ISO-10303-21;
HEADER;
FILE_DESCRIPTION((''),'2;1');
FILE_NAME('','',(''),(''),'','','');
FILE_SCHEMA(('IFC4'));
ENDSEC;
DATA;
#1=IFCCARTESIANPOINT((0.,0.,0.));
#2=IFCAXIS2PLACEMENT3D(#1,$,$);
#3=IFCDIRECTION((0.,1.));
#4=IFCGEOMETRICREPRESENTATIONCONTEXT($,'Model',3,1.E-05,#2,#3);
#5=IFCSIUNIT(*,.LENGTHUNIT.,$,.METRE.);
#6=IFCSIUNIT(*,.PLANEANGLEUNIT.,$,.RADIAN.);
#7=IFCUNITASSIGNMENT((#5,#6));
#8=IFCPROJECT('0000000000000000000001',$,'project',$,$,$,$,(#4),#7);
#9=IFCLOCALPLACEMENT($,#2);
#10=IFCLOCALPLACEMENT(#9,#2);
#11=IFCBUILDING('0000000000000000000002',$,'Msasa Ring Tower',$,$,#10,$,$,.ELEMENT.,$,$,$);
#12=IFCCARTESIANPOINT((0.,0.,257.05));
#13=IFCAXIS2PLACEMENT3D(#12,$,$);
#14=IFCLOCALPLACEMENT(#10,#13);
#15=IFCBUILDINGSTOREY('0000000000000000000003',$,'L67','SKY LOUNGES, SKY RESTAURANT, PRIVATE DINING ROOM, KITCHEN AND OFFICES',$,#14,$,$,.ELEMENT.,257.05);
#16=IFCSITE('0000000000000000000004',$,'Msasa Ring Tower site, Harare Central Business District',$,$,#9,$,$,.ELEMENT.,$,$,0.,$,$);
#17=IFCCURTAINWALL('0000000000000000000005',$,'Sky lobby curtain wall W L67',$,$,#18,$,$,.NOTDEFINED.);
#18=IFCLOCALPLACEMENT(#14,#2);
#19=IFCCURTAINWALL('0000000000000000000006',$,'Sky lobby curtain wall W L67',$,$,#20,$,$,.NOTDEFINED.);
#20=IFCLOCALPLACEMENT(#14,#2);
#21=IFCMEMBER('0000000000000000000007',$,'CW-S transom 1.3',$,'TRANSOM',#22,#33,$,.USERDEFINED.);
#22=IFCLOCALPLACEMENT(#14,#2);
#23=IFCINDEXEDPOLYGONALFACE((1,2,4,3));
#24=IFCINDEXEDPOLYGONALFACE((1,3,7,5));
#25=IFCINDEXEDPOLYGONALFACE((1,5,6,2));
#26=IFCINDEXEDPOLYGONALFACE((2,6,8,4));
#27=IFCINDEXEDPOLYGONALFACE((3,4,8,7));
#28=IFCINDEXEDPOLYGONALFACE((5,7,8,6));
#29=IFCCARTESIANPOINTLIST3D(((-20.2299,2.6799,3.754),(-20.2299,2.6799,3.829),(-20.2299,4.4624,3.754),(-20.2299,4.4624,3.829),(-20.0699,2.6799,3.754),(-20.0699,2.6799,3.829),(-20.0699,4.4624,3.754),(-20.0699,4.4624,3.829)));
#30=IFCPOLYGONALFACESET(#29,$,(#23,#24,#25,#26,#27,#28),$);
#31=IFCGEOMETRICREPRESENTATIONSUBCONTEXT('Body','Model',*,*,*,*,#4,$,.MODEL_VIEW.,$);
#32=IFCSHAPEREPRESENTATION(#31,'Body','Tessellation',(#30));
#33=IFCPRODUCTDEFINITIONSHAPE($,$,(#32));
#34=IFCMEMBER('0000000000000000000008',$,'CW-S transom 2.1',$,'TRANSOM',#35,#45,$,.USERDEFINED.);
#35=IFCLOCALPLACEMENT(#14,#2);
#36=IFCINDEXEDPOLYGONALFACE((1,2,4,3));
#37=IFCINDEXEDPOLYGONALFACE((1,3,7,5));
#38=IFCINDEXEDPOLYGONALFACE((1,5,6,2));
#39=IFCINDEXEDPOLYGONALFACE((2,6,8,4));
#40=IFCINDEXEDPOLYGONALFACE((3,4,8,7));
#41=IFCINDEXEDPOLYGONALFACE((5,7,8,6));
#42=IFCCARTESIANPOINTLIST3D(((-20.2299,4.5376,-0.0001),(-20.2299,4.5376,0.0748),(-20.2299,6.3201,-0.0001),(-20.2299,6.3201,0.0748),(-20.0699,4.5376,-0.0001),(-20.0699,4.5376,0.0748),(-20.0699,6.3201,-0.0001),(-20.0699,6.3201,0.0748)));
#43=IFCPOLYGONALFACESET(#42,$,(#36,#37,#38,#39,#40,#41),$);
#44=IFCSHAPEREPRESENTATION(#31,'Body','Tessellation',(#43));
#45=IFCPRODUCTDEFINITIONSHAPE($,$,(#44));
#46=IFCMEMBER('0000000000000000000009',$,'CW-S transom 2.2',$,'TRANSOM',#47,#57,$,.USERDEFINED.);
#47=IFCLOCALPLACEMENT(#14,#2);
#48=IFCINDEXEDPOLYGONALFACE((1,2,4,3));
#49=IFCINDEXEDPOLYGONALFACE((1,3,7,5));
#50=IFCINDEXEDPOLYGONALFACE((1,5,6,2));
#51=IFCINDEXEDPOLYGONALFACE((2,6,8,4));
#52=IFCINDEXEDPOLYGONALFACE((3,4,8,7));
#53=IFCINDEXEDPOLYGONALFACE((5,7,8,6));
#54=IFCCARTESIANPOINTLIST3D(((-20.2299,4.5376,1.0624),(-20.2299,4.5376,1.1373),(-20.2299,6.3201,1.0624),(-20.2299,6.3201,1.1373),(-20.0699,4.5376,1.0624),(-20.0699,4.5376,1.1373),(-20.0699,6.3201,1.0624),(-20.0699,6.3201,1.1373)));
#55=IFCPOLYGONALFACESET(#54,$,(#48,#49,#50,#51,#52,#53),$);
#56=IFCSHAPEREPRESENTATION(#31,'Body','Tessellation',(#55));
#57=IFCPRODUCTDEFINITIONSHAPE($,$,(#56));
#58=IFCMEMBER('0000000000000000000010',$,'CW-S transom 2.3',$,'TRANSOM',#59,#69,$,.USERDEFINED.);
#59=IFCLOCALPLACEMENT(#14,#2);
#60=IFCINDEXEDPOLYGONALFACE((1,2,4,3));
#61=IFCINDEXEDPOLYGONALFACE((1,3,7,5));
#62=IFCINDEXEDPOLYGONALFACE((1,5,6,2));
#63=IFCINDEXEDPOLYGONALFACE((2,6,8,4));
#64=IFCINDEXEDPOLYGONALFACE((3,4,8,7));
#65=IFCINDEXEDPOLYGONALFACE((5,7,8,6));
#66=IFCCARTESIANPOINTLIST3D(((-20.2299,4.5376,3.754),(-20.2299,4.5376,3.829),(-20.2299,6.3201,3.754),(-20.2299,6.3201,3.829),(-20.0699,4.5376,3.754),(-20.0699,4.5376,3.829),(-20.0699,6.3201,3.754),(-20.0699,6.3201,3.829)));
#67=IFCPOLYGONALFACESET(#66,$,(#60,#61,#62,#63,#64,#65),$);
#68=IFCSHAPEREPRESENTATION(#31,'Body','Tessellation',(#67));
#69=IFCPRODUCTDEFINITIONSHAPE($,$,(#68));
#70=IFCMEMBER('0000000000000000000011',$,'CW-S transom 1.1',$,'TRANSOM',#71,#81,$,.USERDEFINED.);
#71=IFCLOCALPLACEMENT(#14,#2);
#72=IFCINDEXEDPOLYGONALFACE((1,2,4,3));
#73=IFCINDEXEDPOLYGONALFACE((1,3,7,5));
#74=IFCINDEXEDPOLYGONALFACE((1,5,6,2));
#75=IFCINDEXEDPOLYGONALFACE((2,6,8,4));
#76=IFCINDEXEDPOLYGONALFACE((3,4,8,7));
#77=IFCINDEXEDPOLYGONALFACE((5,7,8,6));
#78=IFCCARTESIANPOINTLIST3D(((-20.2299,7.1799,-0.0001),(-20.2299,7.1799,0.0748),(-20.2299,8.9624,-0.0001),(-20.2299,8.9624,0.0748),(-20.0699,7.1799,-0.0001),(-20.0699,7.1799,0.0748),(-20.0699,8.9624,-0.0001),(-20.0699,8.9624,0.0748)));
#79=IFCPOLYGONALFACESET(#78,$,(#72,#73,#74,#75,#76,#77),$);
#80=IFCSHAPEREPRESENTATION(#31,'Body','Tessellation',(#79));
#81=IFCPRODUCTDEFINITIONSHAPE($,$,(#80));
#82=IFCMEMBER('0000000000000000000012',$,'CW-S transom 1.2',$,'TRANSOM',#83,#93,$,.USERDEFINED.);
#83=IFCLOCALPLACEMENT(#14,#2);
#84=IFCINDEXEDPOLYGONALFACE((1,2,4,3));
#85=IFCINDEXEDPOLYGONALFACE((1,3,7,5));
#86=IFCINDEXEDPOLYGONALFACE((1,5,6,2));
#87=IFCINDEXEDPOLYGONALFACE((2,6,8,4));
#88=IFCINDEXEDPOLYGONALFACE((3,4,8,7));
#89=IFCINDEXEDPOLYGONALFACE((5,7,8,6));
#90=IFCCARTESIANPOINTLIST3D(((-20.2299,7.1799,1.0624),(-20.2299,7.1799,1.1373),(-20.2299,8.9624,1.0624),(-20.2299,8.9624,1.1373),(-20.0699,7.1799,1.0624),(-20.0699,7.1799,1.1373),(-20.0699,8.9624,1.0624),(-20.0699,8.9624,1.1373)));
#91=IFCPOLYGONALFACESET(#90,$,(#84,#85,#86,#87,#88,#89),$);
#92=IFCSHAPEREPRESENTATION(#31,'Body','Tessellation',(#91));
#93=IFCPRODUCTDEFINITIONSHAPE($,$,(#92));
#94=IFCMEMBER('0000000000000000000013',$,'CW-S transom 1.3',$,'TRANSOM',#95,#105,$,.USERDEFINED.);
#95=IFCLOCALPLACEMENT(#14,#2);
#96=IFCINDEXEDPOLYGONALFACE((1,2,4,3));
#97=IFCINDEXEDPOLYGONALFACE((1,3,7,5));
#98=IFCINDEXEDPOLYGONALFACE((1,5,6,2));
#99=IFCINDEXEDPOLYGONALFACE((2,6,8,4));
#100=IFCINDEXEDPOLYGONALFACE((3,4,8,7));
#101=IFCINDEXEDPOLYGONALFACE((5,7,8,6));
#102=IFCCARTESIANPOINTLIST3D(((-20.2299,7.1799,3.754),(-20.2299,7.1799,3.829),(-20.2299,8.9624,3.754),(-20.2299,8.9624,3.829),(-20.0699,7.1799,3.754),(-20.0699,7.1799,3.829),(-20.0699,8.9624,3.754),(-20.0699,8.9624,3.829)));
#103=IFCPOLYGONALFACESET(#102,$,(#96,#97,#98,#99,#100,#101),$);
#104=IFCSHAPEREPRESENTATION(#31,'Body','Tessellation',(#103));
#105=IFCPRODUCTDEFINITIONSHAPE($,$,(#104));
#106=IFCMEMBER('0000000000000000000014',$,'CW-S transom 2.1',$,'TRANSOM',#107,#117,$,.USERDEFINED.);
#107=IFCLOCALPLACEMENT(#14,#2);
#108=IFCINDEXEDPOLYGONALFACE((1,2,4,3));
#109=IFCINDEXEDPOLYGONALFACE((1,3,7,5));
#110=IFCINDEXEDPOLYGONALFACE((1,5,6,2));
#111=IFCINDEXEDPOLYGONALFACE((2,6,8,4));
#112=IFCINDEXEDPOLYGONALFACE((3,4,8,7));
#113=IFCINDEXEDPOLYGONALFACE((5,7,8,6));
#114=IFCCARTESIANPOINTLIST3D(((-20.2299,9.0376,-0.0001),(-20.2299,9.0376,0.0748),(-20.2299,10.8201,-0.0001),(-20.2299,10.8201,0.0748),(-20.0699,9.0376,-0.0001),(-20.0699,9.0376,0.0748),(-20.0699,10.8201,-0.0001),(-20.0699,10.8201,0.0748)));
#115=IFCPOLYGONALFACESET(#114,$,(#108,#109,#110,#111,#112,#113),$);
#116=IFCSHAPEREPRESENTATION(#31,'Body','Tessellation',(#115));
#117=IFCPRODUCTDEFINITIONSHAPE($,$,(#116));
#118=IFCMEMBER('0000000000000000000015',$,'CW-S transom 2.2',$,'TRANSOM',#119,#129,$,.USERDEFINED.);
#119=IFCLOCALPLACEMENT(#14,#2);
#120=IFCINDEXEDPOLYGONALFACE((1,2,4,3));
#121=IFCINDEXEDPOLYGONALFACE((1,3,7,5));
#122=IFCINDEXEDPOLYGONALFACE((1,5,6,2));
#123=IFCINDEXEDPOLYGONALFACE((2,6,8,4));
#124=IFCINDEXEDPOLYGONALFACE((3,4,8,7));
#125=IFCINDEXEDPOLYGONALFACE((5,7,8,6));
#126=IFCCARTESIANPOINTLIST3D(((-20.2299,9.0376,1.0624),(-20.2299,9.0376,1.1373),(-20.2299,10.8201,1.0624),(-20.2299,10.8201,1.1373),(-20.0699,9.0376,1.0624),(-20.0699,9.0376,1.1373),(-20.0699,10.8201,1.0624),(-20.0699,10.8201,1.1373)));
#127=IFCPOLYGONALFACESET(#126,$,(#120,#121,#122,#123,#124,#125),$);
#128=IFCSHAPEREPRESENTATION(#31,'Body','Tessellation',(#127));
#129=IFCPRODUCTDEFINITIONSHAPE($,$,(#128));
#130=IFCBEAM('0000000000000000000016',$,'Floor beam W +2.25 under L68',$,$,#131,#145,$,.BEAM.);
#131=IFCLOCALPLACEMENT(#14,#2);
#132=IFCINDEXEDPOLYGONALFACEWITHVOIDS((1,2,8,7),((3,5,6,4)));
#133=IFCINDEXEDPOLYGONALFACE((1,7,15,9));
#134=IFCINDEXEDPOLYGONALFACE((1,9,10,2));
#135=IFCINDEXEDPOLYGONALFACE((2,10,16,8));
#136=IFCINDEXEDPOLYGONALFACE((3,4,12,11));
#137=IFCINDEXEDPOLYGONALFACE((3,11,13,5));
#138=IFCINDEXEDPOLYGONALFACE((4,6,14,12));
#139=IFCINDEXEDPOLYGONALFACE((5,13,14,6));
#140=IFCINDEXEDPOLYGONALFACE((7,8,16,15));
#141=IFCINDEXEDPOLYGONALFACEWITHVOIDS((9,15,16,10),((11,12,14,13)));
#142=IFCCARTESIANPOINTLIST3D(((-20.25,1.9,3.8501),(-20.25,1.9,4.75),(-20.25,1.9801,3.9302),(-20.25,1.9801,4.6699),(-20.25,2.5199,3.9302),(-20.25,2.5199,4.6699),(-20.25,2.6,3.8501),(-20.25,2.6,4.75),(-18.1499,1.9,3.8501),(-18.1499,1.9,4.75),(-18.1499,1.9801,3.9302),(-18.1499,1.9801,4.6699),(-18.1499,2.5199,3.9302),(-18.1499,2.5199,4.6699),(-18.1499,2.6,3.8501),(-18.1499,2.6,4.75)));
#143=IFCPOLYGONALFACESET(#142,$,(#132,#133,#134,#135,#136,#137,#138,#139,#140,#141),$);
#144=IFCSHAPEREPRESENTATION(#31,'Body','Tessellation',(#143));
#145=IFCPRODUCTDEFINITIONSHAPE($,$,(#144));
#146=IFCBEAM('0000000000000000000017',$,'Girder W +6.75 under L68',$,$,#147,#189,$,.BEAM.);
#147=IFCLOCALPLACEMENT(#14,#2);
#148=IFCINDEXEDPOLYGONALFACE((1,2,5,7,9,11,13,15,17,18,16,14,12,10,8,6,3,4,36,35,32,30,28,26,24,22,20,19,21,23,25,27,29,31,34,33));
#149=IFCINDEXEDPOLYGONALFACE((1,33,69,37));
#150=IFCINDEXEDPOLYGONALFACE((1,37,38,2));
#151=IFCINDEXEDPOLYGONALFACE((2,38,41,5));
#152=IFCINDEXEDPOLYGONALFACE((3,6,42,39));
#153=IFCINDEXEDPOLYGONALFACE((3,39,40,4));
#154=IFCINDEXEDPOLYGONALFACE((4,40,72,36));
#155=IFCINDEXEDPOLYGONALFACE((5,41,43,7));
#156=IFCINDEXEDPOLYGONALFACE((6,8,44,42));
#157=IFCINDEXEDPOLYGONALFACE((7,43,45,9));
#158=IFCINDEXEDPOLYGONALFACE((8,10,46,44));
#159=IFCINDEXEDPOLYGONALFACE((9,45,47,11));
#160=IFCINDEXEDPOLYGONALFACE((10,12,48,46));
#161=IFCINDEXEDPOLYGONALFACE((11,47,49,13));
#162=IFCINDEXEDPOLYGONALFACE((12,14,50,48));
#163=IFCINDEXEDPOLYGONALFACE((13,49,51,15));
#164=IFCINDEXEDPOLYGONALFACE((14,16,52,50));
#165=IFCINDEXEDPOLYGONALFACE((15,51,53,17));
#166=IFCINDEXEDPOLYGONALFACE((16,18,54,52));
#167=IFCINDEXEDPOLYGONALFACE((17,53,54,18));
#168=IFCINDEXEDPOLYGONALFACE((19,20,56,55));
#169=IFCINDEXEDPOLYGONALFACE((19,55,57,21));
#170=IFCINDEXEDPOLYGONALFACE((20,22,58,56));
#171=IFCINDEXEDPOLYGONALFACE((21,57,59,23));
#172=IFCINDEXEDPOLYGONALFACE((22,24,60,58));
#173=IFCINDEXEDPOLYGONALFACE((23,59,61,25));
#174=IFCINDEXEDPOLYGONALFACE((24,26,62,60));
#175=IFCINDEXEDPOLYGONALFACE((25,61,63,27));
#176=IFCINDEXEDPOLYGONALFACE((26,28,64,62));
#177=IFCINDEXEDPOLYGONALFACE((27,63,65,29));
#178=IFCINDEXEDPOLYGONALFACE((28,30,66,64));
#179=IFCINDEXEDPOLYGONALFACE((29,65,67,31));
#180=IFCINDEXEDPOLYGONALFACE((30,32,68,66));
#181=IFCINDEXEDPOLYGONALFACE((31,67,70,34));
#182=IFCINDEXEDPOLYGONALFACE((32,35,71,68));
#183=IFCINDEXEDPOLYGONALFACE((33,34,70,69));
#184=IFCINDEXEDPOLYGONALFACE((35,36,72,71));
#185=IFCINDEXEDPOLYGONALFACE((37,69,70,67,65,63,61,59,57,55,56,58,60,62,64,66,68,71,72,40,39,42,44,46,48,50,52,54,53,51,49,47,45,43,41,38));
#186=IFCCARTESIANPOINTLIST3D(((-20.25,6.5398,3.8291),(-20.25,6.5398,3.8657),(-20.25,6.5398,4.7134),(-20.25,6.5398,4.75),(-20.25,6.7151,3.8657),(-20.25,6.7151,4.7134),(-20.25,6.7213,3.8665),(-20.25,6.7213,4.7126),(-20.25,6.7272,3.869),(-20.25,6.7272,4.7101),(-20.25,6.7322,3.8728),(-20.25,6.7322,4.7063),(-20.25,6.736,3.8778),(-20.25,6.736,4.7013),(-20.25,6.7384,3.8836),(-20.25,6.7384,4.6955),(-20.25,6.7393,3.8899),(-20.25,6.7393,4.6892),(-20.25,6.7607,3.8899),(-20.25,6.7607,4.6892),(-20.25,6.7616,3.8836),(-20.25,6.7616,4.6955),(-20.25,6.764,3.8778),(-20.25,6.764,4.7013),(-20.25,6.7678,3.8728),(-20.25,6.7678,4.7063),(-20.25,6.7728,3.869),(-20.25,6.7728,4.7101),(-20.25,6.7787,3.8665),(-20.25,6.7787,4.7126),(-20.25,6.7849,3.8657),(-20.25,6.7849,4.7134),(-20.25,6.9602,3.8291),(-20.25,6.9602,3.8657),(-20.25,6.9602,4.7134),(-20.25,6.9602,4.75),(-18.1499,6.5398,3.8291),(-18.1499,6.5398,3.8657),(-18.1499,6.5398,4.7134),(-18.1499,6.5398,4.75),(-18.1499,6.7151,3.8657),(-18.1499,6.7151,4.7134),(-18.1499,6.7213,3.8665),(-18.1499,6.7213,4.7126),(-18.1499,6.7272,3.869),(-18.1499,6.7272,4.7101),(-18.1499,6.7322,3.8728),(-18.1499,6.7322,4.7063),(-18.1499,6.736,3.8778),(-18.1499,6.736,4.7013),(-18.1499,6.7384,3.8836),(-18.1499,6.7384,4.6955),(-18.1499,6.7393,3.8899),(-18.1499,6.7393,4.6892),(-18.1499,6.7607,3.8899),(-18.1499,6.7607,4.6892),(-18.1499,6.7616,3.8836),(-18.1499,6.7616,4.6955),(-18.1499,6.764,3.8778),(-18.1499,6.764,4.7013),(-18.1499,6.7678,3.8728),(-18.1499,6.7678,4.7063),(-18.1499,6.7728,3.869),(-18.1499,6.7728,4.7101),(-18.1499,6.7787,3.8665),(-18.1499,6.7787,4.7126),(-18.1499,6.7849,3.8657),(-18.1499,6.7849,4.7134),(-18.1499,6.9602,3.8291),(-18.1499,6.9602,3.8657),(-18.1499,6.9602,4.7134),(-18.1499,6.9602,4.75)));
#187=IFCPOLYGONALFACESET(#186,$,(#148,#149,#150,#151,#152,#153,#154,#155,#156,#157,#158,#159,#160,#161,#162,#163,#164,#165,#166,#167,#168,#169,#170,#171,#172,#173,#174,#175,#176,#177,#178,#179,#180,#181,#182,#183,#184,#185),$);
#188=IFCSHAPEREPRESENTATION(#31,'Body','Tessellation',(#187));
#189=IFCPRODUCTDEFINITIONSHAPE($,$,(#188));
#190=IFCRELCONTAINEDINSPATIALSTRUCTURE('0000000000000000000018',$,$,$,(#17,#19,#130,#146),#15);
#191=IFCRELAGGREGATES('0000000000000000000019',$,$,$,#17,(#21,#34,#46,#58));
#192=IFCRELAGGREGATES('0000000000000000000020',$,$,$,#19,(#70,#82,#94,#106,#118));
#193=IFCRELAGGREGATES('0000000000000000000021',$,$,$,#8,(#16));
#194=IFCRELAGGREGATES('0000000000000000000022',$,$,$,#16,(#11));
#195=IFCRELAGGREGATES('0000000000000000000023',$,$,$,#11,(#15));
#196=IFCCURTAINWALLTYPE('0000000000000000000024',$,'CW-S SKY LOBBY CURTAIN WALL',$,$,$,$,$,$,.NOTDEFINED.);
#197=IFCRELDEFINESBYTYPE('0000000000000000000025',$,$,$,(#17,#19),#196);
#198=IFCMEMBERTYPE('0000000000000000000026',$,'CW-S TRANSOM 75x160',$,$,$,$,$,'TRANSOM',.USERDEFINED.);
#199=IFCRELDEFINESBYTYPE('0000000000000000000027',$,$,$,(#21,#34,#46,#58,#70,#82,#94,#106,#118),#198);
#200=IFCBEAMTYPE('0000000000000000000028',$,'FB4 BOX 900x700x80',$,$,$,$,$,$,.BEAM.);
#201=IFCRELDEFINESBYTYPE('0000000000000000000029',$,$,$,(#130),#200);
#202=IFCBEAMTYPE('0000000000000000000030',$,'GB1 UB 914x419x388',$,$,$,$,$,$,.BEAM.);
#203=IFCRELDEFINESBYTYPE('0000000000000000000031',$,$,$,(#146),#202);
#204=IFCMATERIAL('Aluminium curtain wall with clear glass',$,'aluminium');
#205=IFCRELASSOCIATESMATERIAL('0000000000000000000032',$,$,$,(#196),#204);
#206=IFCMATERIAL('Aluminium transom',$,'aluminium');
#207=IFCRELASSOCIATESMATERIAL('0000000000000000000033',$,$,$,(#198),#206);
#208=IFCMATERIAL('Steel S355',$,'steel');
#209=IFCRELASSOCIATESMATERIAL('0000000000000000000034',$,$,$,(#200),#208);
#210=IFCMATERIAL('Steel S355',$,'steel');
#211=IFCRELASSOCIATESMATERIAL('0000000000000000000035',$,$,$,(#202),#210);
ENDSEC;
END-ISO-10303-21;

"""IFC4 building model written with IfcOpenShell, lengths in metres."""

from ifc_helpers import new_model, si_unit, direction, frame, origin, origin_2d, place, context, subcontext, project, spatial, rectangle, hollow_rectangle, i_section, extrude, material, material_profile, profile_set, type_object, element, aggregate, save


model = new_model("IFC4")

# Units and contexts
model_context = context("Model", 3, precision=1e-05, world=origin(), true_north=direction((0.0, 1.0)))
body_context = subcontext(model_context, "Body", "Model", "MODEL_VIEW")
ifc_project = project(units=[si_unit("LENGTHUNIT", "METRE"), si_unit("PLANEANGLEUNIT", "RADIAN")], contexts=[model_context])

# Site, building, storey
site_placement = place(None, origin())
site = spatial("IfcSite", under=ifc_project, at=site_placement, Name="Msasa Ring Tower site, Harare Central Business District", CompositionType="ELEMENT", RefElevation=0.0)
building_placement = place(site_placement, origin())
building = spatial("IfcBuilding", under=site, at=building_placement, Name="Msasa Ring Tower", CompositionType="ELEMENT")
storey_placement = place(building_placement, frame((0.0, 0.0, 257.05)))
storey = spatial("IfcBuildingStorey", under=building, at=storey_placement, Name="L67", Description="SKY LOUNGES, SKY RESTAURANT, PRIVATE DINING ROOM, KITCHEN AND OFFICES", CompositionType="ELEMENT", Elevation=257.05)

# Curtain walls
ifc_material_1 = material(Name="Aluminium curtain wall with clear glass", Category="aluminium")
curtain_wall_type = type_object("IfcCurtainWallType", Name="CW-S SKY LOBBY CURTAIN WALL", PredefinedType="NOTDEFINED", material=ifc_material_1)
curtain_wall_1_placement = place(storey_placement, origin())
curtain_wall_1 = element("IfcCurtainWall", 1, at=curtain_wall_1_placement, inside=storey, type_object=curtain_wall_type, Name="Sky lobby curtain wall W L67", PredefinedType="NOTDEFINED")
curtain_wall_2_placement = place(storey_placement, origin())
curtain_wall_2 = element("IfcCurtainWall", 2, at=curtain_wall_2_placement, inside=storey, type_object=curtain_wall_type, Name="Sky lobby curtain wall W L67", PredefinedType="NOTDEFINED")

# Members
ifc_material_2 = material(Name="Aluminium transom", Category="aluminium")
ifc_material_profile_1 = material_profile(ifc_material_2, rectangle(XDim=0.1599, YDim=0.075, at=origin_2d()), Name="AL 75x160")
ifc_profile_set_1 = profile_set([ifc_material_profile_1], Name="Aluminium transom")
member_type_1 = type_object("IfcMemberType", Name="CW-S TRANSOM 75x160", ElementType="TRANSOM", PredefinedType="USERDEFINED", material=ifc_profile_set_1)
member_1_placement = place(storey_placement, frame((-20.1499, 2.6799, 3.7915), z_axis=(0.0, 1.0, 0.0), x_axis=(-1.0, 0.0, 0.0)))
member_1 = element("IfcMember", 3, at=member_1_placement, type_object=member_type_1, Name="CW-S transom 1.3", ObjectType="TRANSOM", PredefinedType="USERDEFINED", context=body_context, shape_type="SweptSolid", body=[
    extrude(rectangle(XDim=0.1599, YDim=0.075, at=origin_2d()), origin(), (0.0, 0.0, 1.0), 1.7825),
])
member_2_placement = place(storey_placement, frame((-20.1499, 4.5376, 0.0374), z_axis=(0.0, 1.0, 0.0), x_axis=(-1.0, 0.0, 0.0)))
member_2 = element("IfcMember", 4, at=member_2_placement, type_object=member_type_1, Name="CW-S transom 2.1", ObjectType="TRANSOM", PredefinedType="USERDEFINED", context=body_context, shape_type="SweptSolid", body=[
    extrude(rectangle(XDim=0.1599, YDim=0.075, at=origin_2d()), origin(), (0.0, 0.0, 1.0), 1.7825),
])
member_3_placement = place(storey_placement, frame((-20.1499, 4.5376, 1.0999), z_axis=(0.0, 1.0, 0.0), x_axis=(-1.0, 0.0, 0.0)))
member_3 = element("IfcMember", 5, at=member_3_placement, type_object=member_type_1, Name="CW-S transom 2.2", ObjectType="TRANSOM", PredefinedType="USERDEFINED", context=body_context, shape_type="SweptSolid", body=[
    extrude(rectangle(XDim=0.1599, YDim=0.075, at=origin_2d()), origin(), (0.0, 0.0, 1.0), 1.7825),
])
member_4_placement = place(storey_placement, frame((-20.1499, 4.5376, 3.7915), z_axis=(0.0, 1.0, 0.0), x_axis=(-1.0, 0.0, 0.0)))
member_4 = element("IfcMember", 6, at=member_4_placement, type_object=member_type_1, Name="CW-S transom 2.3", ObjectType="TRANSOM", PredefinedType="USERDEFINED", context=body_context, shape_type="SweptSolid", body=[
    extrude(rectangle(XDim=0.1599, YDim=0.075, at=origin_2d()), origin(), (0.0, 0.0, 1.0), 1.7825),
])
member_5_placement = place(storey_placement, frame((-20.1499, 7.1799, 0.0374), z_axis=(0.0, 1.0, 0.0), x_axis=(-1.0, 0.0, 0.0)))
member_5 = element("IfcMember", 7, at=member_5_placement, type_object=member_type_1, Name="CW-S transom 1.1", ObjectType="TRANSOM", PredefinedType="USERDEFINED", context=body_context, shape_type="SweptSolid", body=[
    extrude(rectangle(XDim=0.1599, YDim=0.075, at=origin_2d()), origin(), (0.0, 0.0, 1.0), 1.7825),
])
member_6_placement = place(storey_placement, frame((-20.1499, 7.1799, 1.0999), z_axis=(0.0, 1.0, 0.0), x_axis=(-1.0, 0.0, 0.0)))
member_6 = element("IfcMember", 8, at=member_6_placement, type_object=member_type_1, Name="CW-S transom 1.2", ObjectType="TRANSOM", PredefinedType="USERDEFINED", context=body_context, shape_type="SweptSolid", body=[
    extrude(rectangle(XDim=0.1599, YDim=0.075, at=origin_2d()), origin(), (0.0, 0.0, 1.0), 1.7825),
])
member_7_placement = place(storey_placement, frame((-20.1499, 7.1799, 3.7915), z_axis=(0.0, 1.0, 0.0), x_axis=(-1.0, 0.0, 0.0)))
member_7 = element("IfcMember", 9, at=member_7_placement, type_object=member_type_1, Name="CW-S transom 1.3", ObjectType="TRANSOM", PredefinedType="USERDEFINED", context=body_context, shape_type="SweptSolid", body=[
    extrude(rectangle(XDim=0.1599, YDim=0.075, at=origin_2d()), origin(), (0.0, 0.0, 1.0), 1.7825),
])
member_8_placement = place(storey_placement, frame((-20.1499, 9.0376, 0.0374), z_axis=(0.0, 1.0, 0.0), x_axis=(-1.0, 0.0, 0.0)))
member_8 = element("IfcMember", 10, at=member_8_placement, type_object=member_type_1, Name="CW-S transom 2.1", ObjectType="TRANSOM", PredefinedType="USERDEFINED", context=body_context, shape_type="SweptSolid", body=[
    extrude(rectangle(XDim=0.1599, YDim=0.075, at=origin_2d()), origin(), (0.0, 0.0, 1.0), 1.7825),
])
member_9_placement = place(storey_placement, frame((-20.1499, 9.0376, 1.0999), z_axis=(0.0, 1.0, 0.0), x_axis=(-1.0, 0.0, 0.0)))
member_9 = element("IfcMember", 11, at=member_9_placement, type_object=member_type_1, Name="CW-S transom 2.2", ObjectType="TRANSOM", PredefinedType="USERDEFINED", context=body_context, shape_type="SweptSolid", body=[
    extrude(rectangle(XDim=0.1599, YDim=0.075, at=origin_2d()), origin(), (0.0, 0.0, 1.0), 1.7825),
])

# Beams
ifc_material_3 = material(Name="Steel S355", Category="steel")
ifc_material_profile_2 = material_profile(ifc_material_3, hollow_rectangle(XDim=0.7, YDim=0.8999, WallThickness=0.0801, at=origin_2d()), Name="BOX 900x700x80")
ifc_profile_set_2 = profile_set([ifc_material_profile_2], Name="Steel S355")
beam_type_1 = type_object("IfcBeamType", Name="FB4 BOX 900x700x80", PredefinedType="BEAM", material=ifc_profile_set_2)
beam_1_placement = place(storey_placement, frame((-20.25, 2.25, 4.3), z_axis=(1.0, 0.0, 0.0), x_axis=(0.0, 1.0, 0.0)))
element("IfcBeam", 12, at=beam_1_placement, inside=storey, type_object=beam_type_1, Name="Floor beam W +2.25 under L68", PredefinedType="BEAM", context=body_context, shape_type="SweptSolid", body=[
    extrude(hollow_rectangle(XDim=0.7, YDim=0.8999, WallThickness=0.0801, at=origin_2d()), origin(), (0.0, 0.0, 1.0), 2.1001),
])
ifc_material_4 = material(Name="Steel S355", Category="steel")
ifc_material_profile_3 = material_profile(ifc_material_4, i_section(OverallWidth=0.4204, OverallDepth=0.9209, WebThickness=0.0215, FlangeThickness=0.0366, FilletRadius=0.0242, at=origin_2d()), Name="UB 914x419x388")
ifc_profile_set_3 = profile_set([ifc_material_profile_3], Name="Steel S355")
beam_type_2 = type_object("IfcBeamType", Name="GB1 UB 914x419x388", PredefinedType="BEAM", material=ifc_profile_set_3)
beam_2_placement = place(storey_placement, frame((-18.1499, 6.75, 4.2896), z_axis=(-1.0, 0.0, 0.0), x_axis=(0.0, -1.0, 0.0)))
element("IfcBeam", 13, at=beam_2_placement, inside=storey, type_object=beam_type_2, Name="Girder W +6.75 under L68", PredefinedType="BEAM", context=body_context, shape_type="SweptSolid", body=[
    extrude(i_section(OverallWidth=0.4204, OverallDepth=0.9209, WebThickness=0.0215, FlangeThickness=0.0366, FilletRadius=0.0242, at=origin_2d()), origin(), (0.0, 0.0, 1.0), 2.1001),
])

aggregate(curtain_wall_1, [member_1, member_2, member_3, member_4])
aggregate(curtain_wall_2, [member_5, member_6, member_7, member_8, member_9])

save(model, "model.ifc")
